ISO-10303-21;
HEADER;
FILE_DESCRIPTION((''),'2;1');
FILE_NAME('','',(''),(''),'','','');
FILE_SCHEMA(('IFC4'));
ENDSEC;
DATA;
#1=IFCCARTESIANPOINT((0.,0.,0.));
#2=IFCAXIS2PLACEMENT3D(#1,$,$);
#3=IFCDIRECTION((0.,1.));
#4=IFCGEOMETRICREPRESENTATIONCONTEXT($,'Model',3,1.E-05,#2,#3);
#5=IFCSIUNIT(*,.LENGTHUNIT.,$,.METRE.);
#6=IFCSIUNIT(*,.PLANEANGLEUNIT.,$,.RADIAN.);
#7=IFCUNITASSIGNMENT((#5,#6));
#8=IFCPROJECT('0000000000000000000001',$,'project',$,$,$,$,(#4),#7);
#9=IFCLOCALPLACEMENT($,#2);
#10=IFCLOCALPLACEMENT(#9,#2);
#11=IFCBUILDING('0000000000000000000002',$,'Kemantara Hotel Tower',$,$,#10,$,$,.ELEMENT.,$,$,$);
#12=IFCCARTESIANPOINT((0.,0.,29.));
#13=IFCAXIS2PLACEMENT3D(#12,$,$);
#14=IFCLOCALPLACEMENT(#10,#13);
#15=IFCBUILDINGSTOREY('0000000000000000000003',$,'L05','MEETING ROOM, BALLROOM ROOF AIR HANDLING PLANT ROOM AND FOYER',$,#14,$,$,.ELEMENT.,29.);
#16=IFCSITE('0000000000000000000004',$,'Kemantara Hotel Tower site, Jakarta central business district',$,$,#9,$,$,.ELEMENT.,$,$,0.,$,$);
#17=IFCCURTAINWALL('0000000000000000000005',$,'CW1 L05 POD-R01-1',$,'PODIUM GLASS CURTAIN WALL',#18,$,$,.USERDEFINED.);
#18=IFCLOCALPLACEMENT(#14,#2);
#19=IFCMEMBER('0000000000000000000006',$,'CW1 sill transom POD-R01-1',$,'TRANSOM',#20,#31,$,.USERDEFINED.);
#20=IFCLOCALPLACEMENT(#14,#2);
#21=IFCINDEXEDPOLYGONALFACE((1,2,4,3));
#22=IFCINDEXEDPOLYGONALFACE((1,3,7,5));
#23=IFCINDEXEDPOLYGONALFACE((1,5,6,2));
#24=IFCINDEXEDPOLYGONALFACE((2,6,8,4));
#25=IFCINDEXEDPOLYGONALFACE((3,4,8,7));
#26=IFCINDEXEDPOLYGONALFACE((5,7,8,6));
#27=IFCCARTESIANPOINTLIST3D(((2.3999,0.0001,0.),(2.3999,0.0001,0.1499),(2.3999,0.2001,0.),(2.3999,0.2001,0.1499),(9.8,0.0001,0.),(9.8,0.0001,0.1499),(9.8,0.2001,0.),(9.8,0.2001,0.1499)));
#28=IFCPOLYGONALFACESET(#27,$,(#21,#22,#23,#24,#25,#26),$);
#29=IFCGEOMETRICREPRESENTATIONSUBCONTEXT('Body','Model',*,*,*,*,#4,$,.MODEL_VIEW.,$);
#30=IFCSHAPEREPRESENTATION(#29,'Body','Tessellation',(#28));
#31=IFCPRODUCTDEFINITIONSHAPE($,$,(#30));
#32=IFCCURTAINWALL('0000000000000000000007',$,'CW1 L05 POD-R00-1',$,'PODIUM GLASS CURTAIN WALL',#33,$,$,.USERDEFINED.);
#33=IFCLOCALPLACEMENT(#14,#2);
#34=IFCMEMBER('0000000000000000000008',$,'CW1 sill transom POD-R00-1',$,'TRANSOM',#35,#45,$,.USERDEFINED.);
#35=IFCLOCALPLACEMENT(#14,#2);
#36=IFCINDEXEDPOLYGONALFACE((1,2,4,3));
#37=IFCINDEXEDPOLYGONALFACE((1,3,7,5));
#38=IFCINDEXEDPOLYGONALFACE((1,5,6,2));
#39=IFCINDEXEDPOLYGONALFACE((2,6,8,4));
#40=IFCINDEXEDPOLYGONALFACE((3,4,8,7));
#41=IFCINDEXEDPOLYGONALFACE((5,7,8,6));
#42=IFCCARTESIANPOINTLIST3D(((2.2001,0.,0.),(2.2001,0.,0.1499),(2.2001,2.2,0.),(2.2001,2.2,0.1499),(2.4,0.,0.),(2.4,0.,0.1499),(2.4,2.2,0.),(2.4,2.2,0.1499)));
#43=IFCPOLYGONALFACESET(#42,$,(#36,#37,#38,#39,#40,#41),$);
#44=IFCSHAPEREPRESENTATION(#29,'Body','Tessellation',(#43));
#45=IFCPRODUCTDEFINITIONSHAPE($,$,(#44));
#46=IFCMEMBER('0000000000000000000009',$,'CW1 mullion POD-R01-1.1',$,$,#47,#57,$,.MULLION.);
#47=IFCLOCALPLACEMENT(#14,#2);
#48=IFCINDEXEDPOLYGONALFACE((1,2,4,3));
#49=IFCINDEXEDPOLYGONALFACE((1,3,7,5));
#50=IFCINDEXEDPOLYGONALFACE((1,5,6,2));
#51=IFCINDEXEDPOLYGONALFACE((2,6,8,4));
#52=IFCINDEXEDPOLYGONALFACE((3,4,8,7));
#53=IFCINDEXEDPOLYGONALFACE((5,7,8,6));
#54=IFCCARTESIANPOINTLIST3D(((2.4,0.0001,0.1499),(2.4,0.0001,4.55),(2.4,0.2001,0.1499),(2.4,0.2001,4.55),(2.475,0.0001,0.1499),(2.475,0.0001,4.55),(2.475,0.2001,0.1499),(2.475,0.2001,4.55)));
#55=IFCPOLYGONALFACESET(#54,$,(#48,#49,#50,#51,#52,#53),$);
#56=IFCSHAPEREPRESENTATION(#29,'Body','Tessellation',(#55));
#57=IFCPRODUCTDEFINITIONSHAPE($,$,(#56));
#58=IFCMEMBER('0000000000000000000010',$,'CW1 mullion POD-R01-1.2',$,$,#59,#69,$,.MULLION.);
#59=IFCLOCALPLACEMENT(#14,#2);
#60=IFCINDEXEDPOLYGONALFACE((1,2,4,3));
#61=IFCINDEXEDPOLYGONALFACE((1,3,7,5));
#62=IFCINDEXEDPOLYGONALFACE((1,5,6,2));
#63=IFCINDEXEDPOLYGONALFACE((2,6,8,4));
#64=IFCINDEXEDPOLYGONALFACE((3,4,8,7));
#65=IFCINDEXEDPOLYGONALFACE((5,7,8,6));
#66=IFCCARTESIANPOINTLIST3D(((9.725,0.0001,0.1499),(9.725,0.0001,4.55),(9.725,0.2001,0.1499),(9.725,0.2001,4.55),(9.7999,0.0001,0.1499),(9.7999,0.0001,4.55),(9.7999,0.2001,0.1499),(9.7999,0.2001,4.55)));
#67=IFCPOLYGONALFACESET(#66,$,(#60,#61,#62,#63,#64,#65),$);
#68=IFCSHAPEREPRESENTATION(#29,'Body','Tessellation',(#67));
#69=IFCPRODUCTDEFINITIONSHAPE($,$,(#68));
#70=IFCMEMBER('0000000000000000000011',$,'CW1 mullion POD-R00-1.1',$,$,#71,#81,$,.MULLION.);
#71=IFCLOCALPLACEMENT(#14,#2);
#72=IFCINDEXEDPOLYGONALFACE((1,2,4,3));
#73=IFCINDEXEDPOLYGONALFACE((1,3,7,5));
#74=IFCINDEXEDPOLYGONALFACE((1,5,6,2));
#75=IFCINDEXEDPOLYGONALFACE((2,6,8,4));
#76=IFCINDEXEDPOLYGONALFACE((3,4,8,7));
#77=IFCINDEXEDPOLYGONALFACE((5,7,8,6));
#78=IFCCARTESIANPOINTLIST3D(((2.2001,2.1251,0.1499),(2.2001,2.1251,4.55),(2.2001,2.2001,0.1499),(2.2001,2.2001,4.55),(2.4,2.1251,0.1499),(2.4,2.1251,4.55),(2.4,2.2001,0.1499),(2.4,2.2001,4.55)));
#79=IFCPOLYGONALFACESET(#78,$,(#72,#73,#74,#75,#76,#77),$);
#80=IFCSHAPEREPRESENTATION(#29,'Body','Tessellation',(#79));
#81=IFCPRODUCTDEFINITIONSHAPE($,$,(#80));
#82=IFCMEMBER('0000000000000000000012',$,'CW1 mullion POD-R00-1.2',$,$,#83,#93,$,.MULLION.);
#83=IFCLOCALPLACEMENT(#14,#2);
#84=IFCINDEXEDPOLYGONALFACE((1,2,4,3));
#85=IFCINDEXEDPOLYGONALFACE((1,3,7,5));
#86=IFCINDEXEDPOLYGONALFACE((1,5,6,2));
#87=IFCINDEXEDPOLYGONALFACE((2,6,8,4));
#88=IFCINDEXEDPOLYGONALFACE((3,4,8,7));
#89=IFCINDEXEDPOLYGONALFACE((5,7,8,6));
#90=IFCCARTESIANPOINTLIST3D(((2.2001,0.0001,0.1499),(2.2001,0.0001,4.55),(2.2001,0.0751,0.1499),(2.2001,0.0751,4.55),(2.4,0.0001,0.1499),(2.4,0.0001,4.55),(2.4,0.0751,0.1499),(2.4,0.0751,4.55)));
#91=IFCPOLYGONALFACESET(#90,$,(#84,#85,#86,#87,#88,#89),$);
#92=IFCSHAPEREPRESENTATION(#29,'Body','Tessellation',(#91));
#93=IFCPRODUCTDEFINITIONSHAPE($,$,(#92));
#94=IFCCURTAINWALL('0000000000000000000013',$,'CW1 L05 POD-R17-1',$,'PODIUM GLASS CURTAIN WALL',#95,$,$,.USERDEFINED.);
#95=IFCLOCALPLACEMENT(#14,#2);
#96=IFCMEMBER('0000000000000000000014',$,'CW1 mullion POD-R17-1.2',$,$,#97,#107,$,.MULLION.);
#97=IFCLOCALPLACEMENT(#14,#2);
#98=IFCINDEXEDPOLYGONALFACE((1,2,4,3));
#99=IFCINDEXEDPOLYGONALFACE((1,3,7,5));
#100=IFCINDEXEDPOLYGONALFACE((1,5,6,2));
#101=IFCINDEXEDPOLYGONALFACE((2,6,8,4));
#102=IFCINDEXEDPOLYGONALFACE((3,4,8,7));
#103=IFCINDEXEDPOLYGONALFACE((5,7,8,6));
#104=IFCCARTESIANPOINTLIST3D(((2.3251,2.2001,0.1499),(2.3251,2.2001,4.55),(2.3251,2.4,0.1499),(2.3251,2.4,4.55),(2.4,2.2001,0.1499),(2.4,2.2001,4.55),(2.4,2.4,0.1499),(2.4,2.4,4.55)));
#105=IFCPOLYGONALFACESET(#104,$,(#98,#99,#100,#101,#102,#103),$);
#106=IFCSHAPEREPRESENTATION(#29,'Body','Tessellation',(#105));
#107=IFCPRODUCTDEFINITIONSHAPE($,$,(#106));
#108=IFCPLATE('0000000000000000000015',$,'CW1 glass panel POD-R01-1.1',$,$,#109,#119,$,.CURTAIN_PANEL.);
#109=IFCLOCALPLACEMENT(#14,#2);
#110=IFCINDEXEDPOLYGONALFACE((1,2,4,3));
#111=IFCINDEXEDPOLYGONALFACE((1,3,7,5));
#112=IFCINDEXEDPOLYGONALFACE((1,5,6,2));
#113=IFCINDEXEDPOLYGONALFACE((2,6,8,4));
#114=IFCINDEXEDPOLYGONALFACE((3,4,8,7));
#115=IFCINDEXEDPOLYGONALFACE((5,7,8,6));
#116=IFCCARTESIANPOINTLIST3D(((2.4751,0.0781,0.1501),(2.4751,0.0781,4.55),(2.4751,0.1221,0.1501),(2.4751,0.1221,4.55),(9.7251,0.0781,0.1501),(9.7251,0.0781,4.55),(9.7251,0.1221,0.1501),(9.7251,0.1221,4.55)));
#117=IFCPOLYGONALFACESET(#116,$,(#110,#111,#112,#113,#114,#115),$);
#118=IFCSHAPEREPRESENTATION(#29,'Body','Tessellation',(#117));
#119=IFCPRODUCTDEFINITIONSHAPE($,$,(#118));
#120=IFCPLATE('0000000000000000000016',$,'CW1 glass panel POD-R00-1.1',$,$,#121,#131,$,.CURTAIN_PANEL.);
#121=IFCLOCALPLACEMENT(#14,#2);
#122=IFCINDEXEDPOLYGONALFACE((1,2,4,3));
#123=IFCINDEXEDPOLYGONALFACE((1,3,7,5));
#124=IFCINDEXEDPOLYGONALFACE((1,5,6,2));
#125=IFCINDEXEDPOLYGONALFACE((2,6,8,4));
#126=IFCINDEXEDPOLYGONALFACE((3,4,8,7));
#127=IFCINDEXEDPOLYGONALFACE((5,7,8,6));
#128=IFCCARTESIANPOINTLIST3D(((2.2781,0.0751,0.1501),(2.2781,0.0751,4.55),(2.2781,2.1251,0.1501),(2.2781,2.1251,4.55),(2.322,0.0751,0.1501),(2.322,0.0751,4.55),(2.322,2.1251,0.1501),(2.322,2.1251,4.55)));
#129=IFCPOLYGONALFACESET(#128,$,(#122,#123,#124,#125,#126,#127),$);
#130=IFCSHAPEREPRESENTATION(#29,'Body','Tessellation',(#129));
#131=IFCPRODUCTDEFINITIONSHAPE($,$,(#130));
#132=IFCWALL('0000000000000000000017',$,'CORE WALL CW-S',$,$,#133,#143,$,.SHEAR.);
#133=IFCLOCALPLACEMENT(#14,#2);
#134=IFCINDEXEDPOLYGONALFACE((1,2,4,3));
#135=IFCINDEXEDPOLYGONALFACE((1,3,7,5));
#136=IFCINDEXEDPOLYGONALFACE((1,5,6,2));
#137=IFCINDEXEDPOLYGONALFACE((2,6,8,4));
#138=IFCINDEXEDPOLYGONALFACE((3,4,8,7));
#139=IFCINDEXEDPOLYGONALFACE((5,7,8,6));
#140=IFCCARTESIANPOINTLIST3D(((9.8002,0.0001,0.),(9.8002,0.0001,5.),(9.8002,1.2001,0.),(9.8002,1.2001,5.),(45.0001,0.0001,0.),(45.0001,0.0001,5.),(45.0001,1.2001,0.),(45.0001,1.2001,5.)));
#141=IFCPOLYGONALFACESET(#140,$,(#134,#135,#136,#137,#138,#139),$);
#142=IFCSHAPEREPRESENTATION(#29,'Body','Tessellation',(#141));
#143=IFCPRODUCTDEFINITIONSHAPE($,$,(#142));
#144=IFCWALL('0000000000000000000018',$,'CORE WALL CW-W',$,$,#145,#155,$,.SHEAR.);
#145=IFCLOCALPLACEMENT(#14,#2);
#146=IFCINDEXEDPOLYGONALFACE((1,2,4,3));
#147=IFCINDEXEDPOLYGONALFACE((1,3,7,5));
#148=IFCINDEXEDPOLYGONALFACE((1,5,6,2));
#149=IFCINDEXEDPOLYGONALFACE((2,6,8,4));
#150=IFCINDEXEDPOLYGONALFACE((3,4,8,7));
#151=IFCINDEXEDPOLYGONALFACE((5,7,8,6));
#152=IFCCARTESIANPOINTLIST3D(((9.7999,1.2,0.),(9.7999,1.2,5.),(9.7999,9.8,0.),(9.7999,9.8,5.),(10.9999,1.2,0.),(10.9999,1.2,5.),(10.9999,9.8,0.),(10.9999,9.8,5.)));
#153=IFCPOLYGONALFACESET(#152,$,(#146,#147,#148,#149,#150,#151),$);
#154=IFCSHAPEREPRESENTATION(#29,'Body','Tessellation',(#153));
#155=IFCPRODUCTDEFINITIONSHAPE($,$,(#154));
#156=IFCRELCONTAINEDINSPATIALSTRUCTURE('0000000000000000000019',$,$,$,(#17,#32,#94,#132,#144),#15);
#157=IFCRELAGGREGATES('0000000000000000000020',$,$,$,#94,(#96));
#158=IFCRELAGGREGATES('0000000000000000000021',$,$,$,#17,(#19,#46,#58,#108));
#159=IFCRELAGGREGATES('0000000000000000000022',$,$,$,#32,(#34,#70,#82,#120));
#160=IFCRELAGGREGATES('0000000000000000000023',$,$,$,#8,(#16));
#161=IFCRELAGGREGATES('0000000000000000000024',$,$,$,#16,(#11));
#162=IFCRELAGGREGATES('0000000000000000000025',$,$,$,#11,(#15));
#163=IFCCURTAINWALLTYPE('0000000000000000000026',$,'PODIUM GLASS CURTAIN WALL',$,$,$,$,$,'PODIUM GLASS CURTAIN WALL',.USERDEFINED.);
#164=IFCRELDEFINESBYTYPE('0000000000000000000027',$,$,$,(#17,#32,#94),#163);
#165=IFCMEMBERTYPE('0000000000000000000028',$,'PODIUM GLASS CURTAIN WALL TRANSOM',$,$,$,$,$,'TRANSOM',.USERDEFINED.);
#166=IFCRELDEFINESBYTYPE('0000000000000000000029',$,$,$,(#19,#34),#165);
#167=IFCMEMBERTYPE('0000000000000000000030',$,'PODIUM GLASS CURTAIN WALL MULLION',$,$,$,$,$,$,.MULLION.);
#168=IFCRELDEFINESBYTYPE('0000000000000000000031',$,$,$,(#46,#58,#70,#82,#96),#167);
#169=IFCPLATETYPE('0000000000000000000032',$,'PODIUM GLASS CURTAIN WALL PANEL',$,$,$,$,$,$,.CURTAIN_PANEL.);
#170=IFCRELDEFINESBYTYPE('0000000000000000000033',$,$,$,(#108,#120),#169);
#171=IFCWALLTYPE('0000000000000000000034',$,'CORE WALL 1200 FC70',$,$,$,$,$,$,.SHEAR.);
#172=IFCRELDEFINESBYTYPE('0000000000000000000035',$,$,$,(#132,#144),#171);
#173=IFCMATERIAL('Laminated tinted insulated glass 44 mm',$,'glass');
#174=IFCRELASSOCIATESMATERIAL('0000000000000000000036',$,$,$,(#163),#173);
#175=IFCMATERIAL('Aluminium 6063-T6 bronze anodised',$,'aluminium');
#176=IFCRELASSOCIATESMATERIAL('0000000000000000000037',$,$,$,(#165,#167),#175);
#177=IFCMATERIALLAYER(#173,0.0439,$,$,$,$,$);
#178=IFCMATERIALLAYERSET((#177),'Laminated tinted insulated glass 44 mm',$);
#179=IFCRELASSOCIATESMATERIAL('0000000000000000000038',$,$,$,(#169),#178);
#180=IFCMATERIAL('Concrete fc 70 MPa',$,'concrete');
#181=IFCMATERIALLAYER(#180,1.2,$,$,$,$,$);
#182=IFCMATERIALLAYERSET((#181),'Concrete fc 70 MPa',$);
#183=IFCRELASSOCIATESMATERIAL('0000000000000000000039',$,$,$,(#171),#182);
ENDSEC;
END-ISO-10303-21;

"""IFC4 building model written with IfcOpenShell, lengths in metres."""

from ifc_helpers import new_model, si_unit, direction, frame, frame_2d, origin, origin_2d, place, context, subcontext, project, spatial, rectangle, extrude, source, transform, mapped, material, layer, layer_set, material_profile, profile_set, type_object, element, aggregate, save


model = new_model("IFC4")

# Units and contexts
model_context = context("Model", 3, precision=1e-05, world=origin(), true_north=direction((0.0, 1.0)))
body_context = subcontext(model_context, "Body", "Model", "MODEL_VIEW")
ifc_project = project(units=[si_unit("LENGTHUNIT", "METRE"), si_unit("PLANEANGLEUNIT", "RADIAN")], contexts=[model_context])

# Site, building, storey
site_placement = place(None, origin())
site = spatial("IfcSite", under=ifc_project, at=site_placement, Name="Kemantara Hotel Tower site, Jakarta central business district", CompositionType="ELEMENT", RefElevation=0.0)
building_placement = place(site_placement, origin())
building = spatial("IfcBuilding", under=site, at=building_placement, Name="Kemantara Hotel Tower", CompositionType="ELEMENT")
storey_placement = place(building_placement, frame((0.0, 0.0, 29.0)))
storey = spatial("IfcBuildingStorey", under=building, at=storey_placement, Name="L05", Description="MEETING ROOM, BALLROOM ROOF AIR HANDLING PLANT ROOM AND FOYER", CompositionType="ELEMENT", Elevation=29.0)

# Curtain walls, members
ifc_material_1 = material(Name="Laminated tinted insulated glass 44 mm", Category="glass")
curtain_wall_type = type_object("IfcCurtainWallType", Name="PODIUM GLASS CURTAIN WALL", ElementType="PODIUM GLASS CURTAIN WALL", PredefinedType="USERDEFINED", material=ifc_material_1)
curtain_wall_1_placement = place(storey_placement, origin())
curtain_wall_1 = element("IfcCurtainWall", 1, at=curtain_wall_1_placement, inside=storey, type_object=curtain_wall_type, Name="CW1 L05 POD-R01-1", ObjectType="PODIUM GLASS CURTAIN WALL", PredefinedType="USERDEFINED")
ifc_material_2 = material(Name="Aluminium 6063-T6 bronze anodised", Category="aluminium")
ifc_material_profile_1 = material_profile(ifc_material_2, rectangle(XDim=0.2, YDim=0.1499, at=origin_2d()), Name="PODIUM GLASS CURTAIN WALL TRANSOM")
ifc_profile_set_1 = profile_set([ifc_material_profile_1], Name="Aluminium 6063-T6 bronze anodised")
member_type_1 = type_object("IfcMemberType", Name="PODIUM GLASS CURTAIN WALL TRANSOM", ElementType="TRANSOM", PredefinedType="USERDEFINED", material=ifc_profile_set_1)
member_1_placement = place(storey_placement, frame((2.3999, 0.1001, 0.075), z_axis=(1.0, 0.0, 0.0), x_axis=(0.0, 1.0, 0.0)))
member_1 = element("IfcMember", 2, at=member_1_placement, type_object=member_type_1, Name="CW1 sill transom POD-R01-1", ObjectType="TRANSOM", PredefinedType="USERDEFINED", context=body_context, shape_type="SweptSolid", body=[
    extrude(rectangle(XDim=0.2, YDim=0.1499, at=origin_2d()), origin(), (0.0, 0.0, 1.0), 7.4001),
])
curtain_wall_2_placement = place(storey_placement, origin())
curtain_wall_2 = element("IfcCurtainWall", 3, at=curtain_wall_2_placement, inside=storey, type_object=curtain_wall_type, Name="CW1 L05 POD-R00-1", ObjectType="PODIUM GLASS CURTAIN WALL", PredefinedType="USERDEFINED")
member_2_placement = place(storey_placement, frame((2.3, 2.2, 0.075), z_axis=(0.0, -1.0, 0.0), x_axis=(1.0, 0.0, 0.0)))
member_2 = element("IfcMember", 4, at=member_2_placement, type_object=member_type_1, Name="CW1 sill transom POD-R00-1", ObjectType="TRANSOM", PredefinedType="USERDEFINED", context=body_context, shape_type="SweptSolid", body=[
    extrude(rectangle(XDim=0.2, YDim=0.1499, at=origin_2d()), origin(), (0.0, 0.0, 1.0), 2.2),
])

# Members
ifc_material_profile_2 = material_profile(ifc_material_2, rectangle(XDim=0.2, YDim=0.075, at=origin_2d()), Name="PODIUM GLASS CURTAIN WALL MULLION")
ifc_profile_set_2 = profile_set([ifc_material_profile_2], Name="Aluminium 6063-T6 bronze anodised")
member_type_2 = type_object("IfcMemberType", Name="PODIUM GLASS CURTAIN WALL MULLION", PredefinedType="MULLION", material=ifc_profile_set_2)
shared_shape_1 = source(origin(), body_context, "Body", "SweptSolid", [
    extrude(rectangle(XDim=0.2, YDim=0.075, at=origin_2d()), origin(), (0.0, 0.0, 1.0), 4.4001),
])
member_3_placement = place(storey_placement, frame((2.4375, 0.1001, 0.1499), z_axis=(0.0, 0.0, 1.0), x_axis=(0.0, 1.0, 0.0)))
member_3 = element("IfcMember", 5, at=member_3_placement, type_object=member_type_2, Name="CW1 mullion POD-R01-1.1", PredefinedType="MULLION", context=body_context, shape_type="MappedRepresentation", body=[
    mapped(shared_shape_1, transform((0.0, 0.0, 0.0))),
])
member_4_placement = place(storey_placement, frame((9.7625, 0.1001, 0.1499), z_axis=(0.0, 0.0, 1.0), x_axis=(0.0, 1.0, 0.0)))
member_4 = element("IfcMember", 6, at=member_4_placement, type_object=member_type_2, Name="CW1 mullion POD-R01-1.2", PredefinedType="MULLION", context=body_context, shape_type="MappedRepresentation", body=[
    mapped(shared_shape_1, transform((0.0, 0.0, 0.0))),
])
member_5_placement = place(storey_placement, frame((2.3, 2.1626, 0.1499), z_axis=(0.0, 0.0, 1.0), x_axis=(1.0, 0.0, 0.0)))
member_5 = element("IfcMember", 7, at=member_5_placement, type_object=member_type_2, Name="CW1 mullion POD-R00-1.1", PredefinedType="MULLION", context=body_context, shape_type="MappedRepresentation", body=[
    mapped(shared_shape_1, transform((0.0, 0.0, 0.0))),
])
member_6_placement = place(storey_placement, frame((2.3, 0.0376, 0.1499), z_axis=(0.0, 0.0, 1.0), x_axis=(1.0, 0.0, 0.0)))
member_6 = element("IfcMember", 8, at=member_6_placement, type_object=member_type_2, Name="CW1 mullion POD-R00-1.2", PredefinedType="MULLION", context=body_context, shape_type="MappedRepresentation", body=[
    mapped(shared_shape_1, transform((0.0, 0.0, 0.0))),
])

# Curtain wall, member
curtain_wall_3_placement = place(storey_placement, origin())
curtain_wall_3 = element("IfcCurtainWall", 9, at=curtain_wall_3_placement, inside=storey, type_object=curtain_wall_type, Name="CW1 L05 POD-R17-1", ObjectType="PODIUM GLASS CURTAIN WALL", PredefinedType="USERDEFINED")
member_7_placement = place(storey_placement, frame((2.3625, 2.3, 0.1499), z_axis=(0.0, 0.0, 1.0), x_axis=(0.0, 1.0, 0.0)))
member_7 = element("IfcMember", 10, at=member_7_placement, type_object=member_type_2, Name="CW1 mullion POD-R17-1.2", PredefinedType="MULLION", context=body_context, shape_type="MappedRepresentation", body=[
    mapped(shared_shape_1, transform((0.0, 0.0, 0.0))),
])
aggregate(curtain_wall_3, [member_7])

# Plates
ifc_layer_1 = layer(ifc_material_1, 0.0439)
ifc_layer_set_1 = layer_set([ifc_layer_1], Name="Laminated tinted insulated glass 44 mm")
plate_type = type_object("IfcPlateType", Name="PODIUM GLASS CURTAIN WALL PANEL", PredefinedType="CURTAIN_PANEL", material=ifc_layer_set_1)
shared_shape_2 = source(origin(), body_context, "Body", "SweptSolid", [
    extrude(rectangle(XDim=7.25, YDim=0.0439, at=origin_2d()), origin(), (0.0, 0.0, 1.0), 4.3999),
])
plate_1_placement = place(storey_placement, frame((6.1001, 0.1001, 0.1501), z_axis=(0.0, 0.0, 1.0), x_axis=(1.0, 0.0, 0.0)))
plate_1 = element("IfcPlate", 11, at=plate_1_placement, type_object=plate_type, Name="CW1 glass panel POD-R01-1.1", PredefinedType="CURTAIN_PANEL", context=body_context, shape_type="MappedRepresentation", body=[
    mapped(shared_shape_2, transform((0.0, 0.0, 0.0))),
])
aggregate(curtain_wall_1, [member_1, member_3, member_4, plate_1])
shared_shape_3 = source(origin(), body_context, "Body", "SweptSolid", [
    extrude(rectangle(XDim=2.05, YDim=0.0439, at=origin_2d()), origin(), (0.0, 0.0, 1.0), 4.3999),
])
plate_2_placement = place(storey_placement, frame((2.3, 1.1001, 0.1501), z_axis=(0.0, 0.0, 1.0), x_axis=(0.0, -1.0, 0.0)))
plate_2 = element("IfcPlate", 12, at=plate_2_placement, type_object=plate_type, Name="CW1 glass panel POD-R00-1.1", PredefinedType="CURTAIN_PANEL", context=body_context, shape_type="MappedRepresentation", body=[
    mapped(shared_shape_3, transform((0.0, 0.0, 0.0))),
])
aggregate(curtain_wall_2, [member_2, member_5, member_6, plate_2])

# Walls
ifc_material_3 = material(Name="Concrete fc 70 MPa", Category="concrete")
ifc_layer_2 = layer(ifc_material_3, 1.2)
ifc_layer_set_2 = layer_set([ifc_layer_2], Name="Concrete fc 70 MPa")
wall_type = type_object("IfcWallType", Name="CORE WALL 1200 FC70", PredefinedType="SHEAR", material=ifc_layer_set_2)
wall_1_placement = place(storey_placement, frame((9.8, 0.6001, 0.0), z_axis=(0.0, 0.0, 1.0), x_axis=(1.0, 0.0, 0.0)))
element("IfcWall", 13, at=wall_1_placement, inside=storey, type_object=wall_type, Name="CORE WALL CW-S", PredefinedType="SHEAR", context=body_context, shape_type="SweptSolid", body=[
    extrude(rectangle(XDim=35.2, YDim=1.2, at=frame_2d((17.6001, 0.0))), origin(), (0.0, 0.0, 1.0), 5.0),
])
wall_2_placement = place(storey_placement, frame((10.3999, 1.2, 0.0), z_axis=(0.0, 0.0, 1.0), x_axis=(0.0, 1.0, 0.0)))
element("IfcWall", 14, at=wall_2_placement, inside=storey, type_object=wall_type, Name="CORE WALL CW-W", PredefinedType="SHEAR", context=body_context, shape_type="SweptSolid", body=[
    extrude(rectangle(XDim=8.6001, YDim=1.2, at=frame_2d((4.3, 0.0))), origin(), (0.0, 0.0, 1.0), 5.0),
])

save(model, "model.ifc")
